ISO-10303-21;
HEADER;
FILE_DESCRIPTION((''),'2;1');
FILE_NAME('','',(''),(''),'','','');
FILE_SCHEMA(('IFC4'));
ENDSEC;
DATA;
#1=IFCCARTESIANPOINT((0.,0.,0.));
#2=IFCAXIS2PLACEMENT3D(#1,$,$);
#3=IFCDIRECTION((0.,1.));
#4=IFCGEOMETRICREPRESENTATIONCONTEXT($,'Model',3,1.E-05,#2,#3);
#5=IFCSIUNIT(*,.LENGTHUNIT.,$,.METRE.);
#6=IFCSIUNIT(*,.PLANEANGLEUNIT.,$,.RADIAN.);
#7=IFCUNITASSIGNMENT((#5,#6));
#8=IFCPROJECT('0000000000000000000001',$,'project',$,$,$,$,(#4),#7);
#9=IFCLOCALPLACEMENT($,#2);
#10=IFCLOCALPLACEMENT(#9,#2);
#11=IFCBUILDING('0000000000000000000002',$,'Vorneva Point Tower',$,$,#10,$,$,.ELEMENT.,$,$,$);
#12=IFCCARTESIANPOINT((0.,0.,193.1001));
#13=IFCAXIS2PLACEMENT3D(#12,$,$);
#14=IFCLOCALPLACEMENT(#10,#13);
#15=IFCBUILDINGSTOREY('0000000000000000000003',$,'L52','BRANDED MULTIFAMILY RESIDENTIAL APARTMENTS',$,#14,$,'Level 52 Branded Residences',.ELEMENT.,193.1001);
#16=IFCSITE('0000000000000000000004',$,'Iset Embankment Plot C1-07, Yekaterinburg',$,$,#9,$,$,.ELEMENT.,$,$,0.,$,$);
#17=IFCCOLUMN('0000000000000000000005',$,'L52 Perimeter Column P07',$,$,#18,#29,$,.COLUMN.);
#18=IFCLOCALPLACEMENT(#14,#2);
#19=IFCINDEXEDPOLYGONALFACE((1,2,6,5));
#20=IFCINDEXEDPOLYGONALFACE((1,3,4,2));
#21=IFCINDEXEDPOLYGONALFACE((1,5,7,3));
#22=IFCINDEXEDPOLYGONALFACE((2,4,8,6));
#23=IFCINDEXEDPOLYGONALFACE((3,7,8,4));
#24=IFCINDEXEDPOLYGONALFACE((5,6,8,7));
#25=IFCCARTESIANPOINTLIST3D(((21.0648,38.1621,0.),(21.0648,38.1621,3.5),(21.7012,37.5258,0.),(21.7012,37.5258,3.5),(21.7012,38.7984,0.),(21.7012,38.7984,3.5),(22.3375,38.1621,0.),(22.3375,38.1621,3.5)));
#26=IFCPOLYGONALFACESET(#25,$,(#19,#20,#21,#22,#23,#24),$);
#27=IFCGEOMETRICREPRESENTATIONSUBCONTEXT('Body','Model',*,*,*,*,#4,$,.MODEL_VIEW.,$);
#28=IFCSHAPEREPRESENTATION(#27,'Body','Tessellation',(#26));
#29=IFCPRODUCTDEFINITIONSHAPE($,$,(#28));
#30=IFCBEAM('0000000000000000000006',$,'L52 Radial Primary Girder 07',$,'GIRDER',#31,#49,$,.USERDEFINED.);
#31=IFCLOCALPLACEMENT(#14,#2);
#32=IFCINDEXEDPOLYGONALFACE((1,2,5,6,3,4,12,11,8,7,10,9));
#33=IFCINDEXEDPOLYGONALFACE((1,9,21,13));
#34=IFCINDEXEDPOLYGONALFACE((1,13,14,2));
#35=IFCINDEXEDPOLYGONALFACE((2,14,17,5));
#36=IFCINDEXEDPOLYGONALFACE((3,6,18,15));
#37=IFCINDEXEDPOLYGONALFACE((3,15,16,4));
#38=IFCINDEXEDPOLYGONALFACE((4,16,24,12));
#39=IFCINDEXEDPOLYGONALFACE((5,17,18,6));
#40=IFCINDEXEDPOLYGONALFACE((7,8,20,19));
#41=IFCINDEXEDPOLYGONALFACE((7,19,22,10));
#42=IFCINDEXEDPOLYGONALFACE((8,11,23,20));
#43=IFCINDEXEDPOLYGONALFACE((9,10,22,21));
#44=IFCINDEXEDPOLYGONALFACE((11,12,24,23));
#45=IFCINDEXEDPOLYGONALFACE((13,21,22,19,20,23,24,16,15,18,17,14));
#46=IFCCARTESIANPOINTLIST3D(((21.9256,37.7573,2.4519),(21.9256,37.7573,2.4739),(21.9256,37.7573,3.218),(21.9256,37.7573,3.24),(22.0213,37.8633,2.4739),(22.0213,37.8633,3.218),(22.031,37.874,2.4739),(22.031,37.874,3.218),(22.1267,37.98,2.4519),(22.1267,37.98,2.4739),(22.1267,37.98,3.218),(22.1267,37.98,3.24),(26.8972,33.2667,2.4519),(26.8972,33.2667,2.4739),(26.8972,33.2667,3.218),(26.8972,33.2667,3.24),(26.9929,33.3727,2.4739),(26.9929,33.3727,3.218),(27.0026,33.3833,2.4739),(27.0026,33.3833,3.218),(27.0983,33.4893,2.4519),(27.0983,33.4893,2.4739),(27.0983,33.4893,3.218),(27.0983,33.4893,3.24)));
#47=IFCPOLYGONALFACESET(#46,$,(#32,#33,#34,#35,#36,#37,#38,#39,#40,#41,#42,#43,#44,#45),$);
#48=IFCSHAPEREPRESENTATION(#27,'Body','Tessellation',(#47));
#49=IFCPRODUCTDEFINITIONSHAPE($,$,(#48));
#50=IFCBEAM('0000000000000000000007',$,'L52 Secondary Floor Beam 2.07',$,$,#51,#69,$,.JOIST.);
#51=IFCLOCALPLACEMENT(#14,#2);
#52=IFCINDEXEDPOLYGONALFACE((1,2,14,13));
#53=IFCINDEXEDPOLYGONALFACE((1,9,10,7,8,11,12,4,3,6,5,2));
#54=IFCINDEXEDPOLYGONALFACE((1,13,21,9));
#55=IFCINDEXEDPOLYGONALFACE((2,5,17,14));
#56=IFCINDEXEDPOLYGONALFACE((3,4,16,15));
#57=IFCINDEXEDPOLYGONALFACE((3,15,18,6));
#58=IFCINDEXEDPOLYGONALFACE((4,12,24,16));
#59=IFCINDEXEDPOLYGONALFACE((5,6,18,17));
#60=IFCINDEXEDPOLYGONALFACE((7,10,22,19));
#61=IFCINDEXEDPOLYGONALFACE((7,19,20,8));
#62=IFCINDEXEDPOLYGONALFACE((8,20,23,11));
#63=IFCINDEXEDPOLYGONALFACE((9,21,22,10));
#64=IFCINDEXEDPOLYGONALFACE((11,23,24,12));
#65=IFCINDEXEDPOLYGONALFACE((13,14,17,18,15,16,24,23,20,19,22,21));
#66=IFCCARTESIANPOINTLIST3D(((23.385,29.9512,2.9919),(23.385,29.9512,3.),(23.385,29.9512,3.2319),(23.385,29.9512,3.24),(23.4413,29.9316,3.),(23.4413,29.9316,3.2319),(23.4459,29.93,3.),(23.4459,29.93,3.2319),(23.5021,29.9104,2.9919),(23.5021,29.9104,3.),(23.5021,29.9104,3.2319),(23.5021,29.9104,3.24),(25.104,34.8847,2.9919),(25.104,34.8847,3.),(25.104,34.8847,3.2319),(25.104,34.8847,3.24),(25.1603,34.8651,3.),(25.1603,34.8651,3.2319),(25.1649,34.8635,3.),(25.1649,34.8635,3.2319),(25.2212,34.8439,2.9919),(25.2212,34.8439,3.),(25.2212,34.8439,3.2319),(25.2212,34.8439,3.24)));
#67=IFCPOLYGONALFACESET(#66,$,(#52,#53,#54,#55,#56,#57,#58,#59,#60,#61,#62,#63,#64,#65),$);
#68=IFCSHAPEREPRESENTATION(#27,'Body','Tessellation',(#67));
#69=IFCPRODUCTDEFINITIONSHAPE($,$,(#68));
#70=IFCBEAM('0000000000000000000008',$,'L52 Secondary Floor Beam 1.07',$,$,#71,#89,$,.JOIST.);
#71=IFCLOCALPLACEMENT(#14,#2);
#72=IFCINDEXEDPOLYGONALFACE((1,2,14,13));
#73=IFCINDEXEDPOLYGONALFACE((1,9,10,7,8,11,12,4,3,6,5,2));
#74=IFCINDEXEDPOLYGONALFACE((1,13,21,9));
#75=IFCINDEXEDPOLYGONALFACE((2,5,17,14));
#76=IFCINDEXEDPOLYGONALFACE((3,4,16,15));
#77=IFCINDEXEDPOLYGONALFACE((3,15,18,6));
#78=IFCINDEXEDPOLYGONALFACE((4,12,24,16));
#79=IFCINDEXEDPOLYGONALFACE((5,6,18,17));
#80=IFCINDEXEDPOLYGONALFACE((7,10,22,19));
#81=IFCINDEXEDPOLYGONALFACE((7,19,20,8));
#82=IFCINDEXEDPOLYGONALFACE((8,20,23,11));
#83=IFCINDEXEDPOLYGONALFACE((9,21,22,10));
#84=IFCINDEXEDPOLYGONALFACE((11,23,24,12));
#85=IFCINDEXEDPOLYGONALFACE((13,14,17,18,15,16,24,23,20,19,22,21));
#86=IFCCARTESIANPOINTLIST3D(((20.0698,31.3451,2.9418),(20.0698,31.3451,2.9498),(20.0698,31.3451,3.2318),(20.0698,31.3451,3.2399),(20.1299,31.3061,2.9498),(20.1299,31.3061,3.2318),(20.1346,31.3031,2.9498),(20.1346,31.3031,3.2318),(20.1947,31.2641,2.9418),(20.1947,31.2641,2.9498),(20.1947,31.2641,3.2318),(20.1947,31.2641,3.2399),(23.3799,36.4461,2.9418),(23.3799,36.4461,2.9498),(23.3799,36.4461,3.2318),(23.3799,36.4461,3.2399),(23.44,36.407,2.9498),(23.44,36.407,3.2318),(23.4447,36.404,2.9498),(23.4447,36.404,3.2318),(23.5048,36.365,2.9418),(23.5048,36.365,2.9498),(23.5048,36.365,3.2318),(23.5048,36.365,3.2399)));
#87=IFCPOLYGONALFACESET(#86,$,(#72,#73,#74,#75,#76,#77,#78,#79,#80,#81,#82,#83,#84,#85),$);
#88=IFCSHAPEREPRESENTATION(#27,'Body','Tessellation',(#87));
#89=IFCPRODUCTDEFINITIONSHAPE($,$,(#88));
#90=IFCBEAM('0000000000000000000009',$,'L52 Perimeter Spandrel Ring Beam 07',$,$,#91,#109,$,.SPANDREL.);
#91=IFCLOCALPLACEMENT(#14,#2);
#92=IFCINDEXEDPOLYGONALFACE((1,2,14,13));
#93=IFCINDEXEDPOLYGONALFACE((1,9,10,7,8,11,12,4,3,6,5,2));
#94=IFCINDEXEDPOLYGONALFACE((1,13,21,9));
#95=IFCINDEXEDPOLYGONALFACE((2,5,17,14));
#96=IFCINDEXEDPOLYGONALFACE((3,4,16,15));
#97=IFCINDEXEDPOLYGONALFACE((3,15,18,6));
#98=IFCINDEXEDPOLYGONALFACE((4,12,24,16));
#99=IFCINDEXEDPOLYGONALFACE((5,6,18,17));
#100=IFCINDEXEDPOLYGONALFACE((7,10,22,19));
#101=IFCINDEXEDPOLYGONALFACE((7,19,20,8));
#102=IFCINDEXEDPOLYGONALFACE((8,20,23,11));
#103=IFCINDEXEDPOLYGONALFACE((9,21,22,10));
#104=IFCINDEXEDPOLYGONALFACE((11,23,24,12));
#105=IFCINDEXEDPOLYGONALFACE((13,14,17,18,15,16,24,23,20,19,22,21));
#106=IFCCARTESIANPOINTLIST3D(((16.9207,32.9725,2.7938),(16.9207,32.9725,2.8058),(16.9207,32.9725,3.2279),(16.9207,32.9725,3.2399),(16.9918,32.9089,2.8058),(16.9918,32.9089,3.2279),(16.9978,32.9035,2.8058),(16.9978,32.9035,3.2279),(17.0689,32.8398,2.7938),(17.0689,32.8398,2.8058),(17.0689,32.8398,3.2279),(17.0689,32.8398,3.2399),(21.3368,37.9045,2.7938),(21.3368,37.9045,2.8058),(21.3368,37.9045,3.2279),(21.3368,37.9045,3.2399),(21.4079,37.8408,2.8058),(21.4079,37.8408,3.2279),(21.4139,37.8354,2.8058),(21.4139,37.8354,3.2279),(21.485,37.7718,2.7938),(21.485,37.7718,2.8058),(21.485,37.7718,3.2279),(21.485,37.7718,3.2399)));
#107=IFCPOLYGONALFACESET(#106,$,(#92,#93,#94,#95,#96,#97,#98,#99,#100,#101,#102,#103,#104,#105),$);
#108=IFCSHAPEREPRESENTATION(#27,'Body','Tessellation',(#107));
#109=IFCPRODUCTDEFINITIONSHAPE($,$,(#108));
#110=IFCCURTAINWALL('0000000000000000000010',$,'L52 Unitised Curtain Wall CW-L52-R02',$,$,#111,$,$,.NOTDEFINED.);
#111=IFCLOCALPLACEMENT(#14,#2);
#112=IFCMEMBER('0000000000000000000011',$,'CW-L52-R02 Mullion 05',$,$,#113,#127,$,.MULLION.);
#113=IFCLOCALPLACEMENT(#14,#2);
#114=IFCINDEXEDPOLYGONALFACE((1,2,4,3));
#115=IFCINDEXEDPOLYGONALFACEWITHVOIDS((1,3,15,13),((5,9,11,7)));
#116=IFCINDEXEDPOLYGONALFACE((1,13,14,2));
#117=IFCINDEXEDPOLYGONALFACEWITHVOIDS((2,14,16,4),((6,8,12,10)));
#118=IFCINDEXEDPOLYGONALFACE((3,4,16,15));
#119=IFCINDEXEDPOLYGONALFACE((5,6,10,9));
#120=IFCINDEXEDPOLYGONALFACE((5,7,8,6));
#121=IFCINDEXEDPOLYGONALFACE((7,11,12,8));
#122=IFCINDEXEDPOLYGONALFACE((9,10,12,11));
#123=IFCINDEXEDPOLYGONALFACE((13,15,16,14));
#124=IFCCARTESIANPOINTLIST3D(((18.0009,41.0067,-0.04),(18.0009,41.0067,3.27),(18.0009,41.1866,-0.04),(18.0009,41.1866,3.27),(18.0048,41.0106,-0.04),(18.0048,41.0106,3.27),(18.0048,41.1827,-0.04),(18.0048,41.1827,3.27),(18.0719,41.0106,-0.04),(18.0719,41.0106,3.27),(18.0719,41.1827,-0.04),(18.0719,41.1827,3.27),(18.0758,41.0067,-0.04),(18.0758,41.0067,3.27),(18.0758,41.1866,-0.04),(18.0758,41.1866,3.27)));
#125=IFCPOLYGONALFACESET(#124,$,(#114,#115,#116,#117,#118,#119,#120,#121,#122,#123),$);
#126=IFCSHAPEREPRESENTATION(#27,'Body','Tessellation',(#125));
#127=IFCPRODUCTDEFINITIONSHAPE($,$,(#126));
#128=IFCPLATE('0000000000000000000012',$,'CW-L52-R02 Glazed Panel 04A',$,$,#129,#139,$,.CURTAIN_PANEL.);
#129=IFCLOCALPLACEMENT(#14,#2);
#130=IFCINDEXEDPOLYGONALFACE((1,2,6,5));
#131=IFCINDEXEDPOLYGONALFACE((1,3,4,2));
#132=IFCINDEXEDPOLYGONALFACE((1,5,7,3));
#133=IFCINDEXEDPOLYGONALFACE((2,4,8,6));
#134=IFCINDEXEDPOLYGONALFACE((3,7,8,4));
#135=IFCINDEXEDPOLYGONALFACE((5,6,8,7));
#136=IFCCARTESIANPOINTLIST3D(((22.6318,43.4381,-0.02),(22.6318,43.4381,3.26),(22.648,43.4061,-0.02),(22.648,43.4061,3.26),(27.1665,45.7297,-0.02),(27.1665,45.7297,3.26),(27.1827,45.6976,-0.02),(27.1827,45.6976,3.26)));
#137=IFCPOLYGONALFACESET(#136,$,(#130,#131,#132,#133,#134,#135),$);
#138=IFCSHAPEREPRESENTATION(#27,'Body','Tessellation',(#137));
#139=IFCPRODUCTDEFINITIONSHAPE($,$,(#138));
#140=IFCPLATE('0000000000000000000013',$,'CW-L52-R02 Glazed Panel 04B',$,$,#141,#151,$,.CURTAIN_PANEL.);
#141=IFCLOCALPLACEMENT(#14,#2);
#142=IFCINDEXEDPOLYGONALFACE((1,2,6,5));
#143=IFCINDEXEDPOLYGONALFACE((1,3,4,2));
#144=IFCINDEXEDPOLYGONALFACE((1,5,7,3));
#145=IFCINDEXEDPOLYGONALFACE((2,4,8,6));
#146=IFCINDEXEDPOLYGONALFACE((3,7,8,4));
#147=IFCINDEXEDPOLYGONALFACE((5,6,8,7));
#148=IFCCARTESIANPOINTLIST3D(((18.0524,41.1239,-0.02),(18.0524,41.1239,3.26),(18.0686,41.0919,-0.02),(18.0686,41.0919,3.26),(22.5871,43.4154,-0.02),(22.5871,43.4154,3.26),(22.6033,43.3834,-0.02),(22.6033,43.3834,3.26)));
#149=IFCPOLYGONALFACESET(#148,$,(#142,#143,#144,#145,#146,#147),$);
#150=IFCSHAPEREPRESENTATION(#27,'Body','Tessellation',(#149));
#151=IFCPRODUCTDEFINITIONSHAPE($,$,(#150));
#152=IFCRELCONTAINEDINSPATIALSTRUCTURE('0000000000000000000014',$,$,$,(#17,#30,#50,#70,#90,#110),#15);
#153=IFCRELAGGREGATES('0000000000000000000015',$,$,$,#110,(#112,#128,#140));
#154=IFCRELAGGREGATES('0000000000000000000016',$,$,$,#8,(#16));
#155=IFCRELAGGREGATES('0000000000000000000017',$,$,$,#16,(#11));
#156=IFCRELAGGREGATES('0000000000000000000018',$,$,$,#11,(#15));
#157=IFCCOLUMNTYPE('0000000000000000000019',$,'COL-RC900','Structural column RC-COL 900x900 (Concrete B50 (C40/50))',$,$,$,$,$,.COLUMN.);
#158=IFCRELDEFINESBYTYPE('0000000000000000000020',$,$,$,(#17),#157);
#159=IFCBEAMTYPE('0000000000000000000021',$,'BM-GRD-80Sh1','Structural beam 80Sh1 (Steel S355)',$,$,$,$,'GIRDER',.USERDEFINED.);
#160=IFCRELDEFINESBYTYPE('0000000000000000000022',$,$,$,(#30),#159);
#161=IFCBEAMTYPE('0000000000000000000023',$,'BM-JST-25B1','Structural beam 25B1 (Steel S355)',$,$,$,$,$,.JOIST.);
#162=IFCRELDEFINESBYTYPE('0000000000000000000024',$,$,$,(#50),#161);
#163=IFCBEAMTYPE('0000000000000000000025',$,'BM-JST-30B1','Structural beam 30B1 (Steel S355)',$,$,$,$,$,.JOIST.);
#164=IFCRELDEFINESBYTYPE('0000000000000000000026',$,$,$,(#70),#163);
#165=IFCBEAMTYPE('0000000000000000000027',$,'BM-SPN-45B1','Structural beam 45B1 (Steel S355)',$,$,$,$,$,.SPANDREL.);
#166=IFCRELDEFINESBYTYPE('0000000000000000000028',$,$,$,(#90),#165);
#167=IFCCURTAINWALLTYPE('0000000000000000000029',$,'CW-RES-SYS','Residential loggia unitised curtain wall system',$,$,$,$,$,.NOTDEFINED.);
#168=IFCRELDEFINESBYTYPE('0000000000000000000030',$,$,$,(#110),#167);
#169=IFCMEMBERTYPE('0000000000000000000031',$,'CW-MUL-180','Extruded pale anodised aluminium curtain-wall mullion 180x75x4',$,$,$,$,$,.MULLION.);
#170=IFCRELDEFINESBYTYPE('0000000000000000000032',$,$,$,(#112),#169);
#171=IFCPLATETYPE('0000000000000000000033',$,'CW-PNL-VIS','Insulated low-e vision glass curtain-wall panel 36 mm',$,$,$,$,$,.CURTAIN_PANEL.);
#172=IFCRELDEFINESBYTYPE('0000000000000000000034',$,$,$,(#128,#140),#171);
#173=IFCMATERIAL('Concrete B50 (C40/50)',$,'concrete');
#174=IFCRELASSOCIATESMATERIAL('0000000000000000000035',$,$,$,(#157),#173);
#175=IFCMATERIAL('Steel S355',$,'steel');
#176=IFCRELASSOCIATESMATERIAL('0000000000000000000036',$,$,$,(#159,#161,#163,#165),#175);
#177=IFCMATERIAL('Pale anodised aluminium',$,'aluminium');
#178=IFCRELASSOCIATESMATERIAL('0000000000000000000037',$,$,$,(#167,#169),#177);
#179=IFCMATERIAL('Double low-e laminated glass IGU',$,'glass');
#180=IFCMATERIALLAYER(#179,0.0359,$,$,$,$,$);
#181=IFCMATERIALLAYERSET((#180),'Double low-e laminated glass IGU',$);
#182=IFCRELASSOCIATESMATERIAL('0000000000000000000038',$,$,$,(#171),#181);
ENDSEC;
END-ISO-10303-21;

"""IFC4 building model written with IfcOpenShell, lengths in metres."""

from ifc_helpers import new_model, si_unit, direction, frame, origin, origin_2d, place, context, subcontext, project, spatial, rectangle, hollow_rectangle, i_section, extrude, material, layer, layer_set, material_profile, profile_set, type_object, element, aggregate, save


model = new_model("IFC4")

# Units and contexts
model_context = context("Model", 3, precision=1e-05, world=origin(), true_north=direction((0.0, 1.0)))
body_context = subcontext(model_context, "Body", "Model", "MODEL_VIEW")
ifc_project = project(units=[si_unit("LENGTHUNIT", "METRE"), si_unit("PLANEANGLEUNIT", "RADIAN")], contexts=[model_context])

# Site, building, storey
site_placement = place(None, origin())
site = spatial("IfcSite", under=ifc_project, at=site_placement, Name="Iset Embankment Plot C1-07, Yekaterinburg", CompositionType="ELEMENT", RefElevation=0.0)
building_placement = place(site_placement, origin())
building = spatial("IfcBuilding", under=site, at=building_placement, Name="Vorneva Point Tower", CompositionType="ELEMENT")
storey_placement = place(building_placement, frame((0.0, 0.0, 193.1001)))
storey = spatial("IfcBuildingStorey", under=building, at=storey_placement, Name="L52", Description="BRANDED MULTIFAMILY RESIDENTIAL APARTMENTS", LongName="Level 52 Branded Residences", CompositionType="ELEMENT", Elevation=193.1001)

# Column
ifc_material_1 = material(Name="Concrete B50 (C40/50)", Category="concrete")
ifc_material_profile_1 = material_profile(ifc_material_1, rectangle(XDim=0.8999, YDim=0.8999, at=origin_2d()), Name="RC-COL 900x900")
ifc_profile_set_1 = profile_set([ifc_material_profile_1], Name="Concrete B50 (C40/50)")
column_type = type_object("IfcColumnType", Name="COL-RC900", Description="Structural column RC-COL 900x900 (Concrete B50 (C40/50))", PredefinedType="COLUMN", material=ifc_profile_set_1)
column_placement = place(storey_placement, frame((21.7012, 38.1621, 0.0), z_axis=(0.0, 0.0, 1.0), x_axis=(-0.707107, 0.707107, 0.0)))
element("IfcColumn", 1, at=column_placement, inside=storey, type_object=column_type, Name="L52 Perimeter Column P07", PredefinedType="COLUMN", context=body_context, shape_type="SweptSolid", body=[
    extrude(rectangle(XDim=0.8999, YDim=0.8999, at=origin_2d()), origin(), (0.0, 0.0, 1.0), 3.5),
])

# Beams
ifc_material_2 = material(Name="Steel S355", Category="steel")
ifc_material_profile_2 = material_profile(ifc_material_2, i_section(OverallWidth=0.3, OverallDepth=0.7881, WebThickness=0.0144, FlangeThickness=0.022, at=origin_2d()), Name="80Sh1")
ifc_profile_set_2 = profile_set([ifc_material_profile_2], Name="Steel S355")
beam_type_1 = type_object("IfcBeamType", Name="BM-GRD-80Sh1", Description="Structural beam 80Sh1 (Steel S355)", ElementType="GIRDER", PredefinedType="USERDEFINED", material=ifc_profile_set_2)
beam_1_placement = place(storey_placement, frame((22.0261, 37.8687, 2.8459), z_axis=(0.74209, -0.670301, 0.0), x_axis=(0.670301, 0.74209, 0.0)))
element("IfcBeam", 2, at=beam_1_placement, inside=storey, type_object=beam_type_1, Name="L52 Radial Primary Girder 07", ObjectType="GIRDER", PredefinedType="USERDEFINED", context=body_context, shape_type="SweptSolid", body=[
    extrude(i_section(OverallWidth=0.3, OverallDepth=0.7881, WebThickness=0.0144, FlangeThickness=0.022, at=origin_2d()), origin(), (0.0, 0.0, 1.0), 6.6995),
])
ifc_material_profile_3 = material_profile(ifc_material_2, i_section(OverallWidth=0.124, OverallDepth=0.248, WebThickness=0.0049, FlangeThickness=0.0081, at=origin_2d()), Name="25B1")
ifc_profile_set_3 = profile_set([ifc_material_profile_3], Name="Steel S355")
beam_type_2 = type_object("IfcBeamType", Name="BM-JST-25B1", Description="Structural beam 25B1 (Steel S355)", PredefinedType="JOIST", material=ifc_profile_set_3)
beam_2_placement = place(storey_placement, frame((25.1626, 34.8643, 3.116), z_axis=(-0.329041, -0.944316, 0.0), x_axis=(0.944316, -0.329041, 0.0)))
element("IfcBeam", 3, at=beam_2_placement, inside=storey, type_object=beam_type_2, Name="L52 Secondary Floor Beam 2.07", PredefinedType="JOIST", context=body_context, shape_type="SweptSolid", body=[
    extrude(i_section(OverallWidth=0.124, OverallDepth=0.248, WebThickness=0.0049, FlangeThickness=0.0081, at=origin_2d()), origin(), (0.0, 0.0, 1.0), 5.2244),
])
ifc_material_profile_4 = material_profile(ifc_material_2, i_section(OverallWidth=0.1489, OverallDepth=0.2981, WebThickness=0.0056, FlangeThickness=0.0081, at=origin_2d()), Name="30B1")
ifc_profile_set_4 = profile_set([ifc_material_profile_4], Name="Steel S355")
beam_type_3 = type_object("IfcBeamType", Name="BM-JST-30B1", Description="Structural beam 30B1 (Steel S355)", PredefinedType="JOIST", material=ifc_profile_set_4)
beam_3_placement = place(storey_placement, frame((23.4424, 36.4055, 3.0908), z_axis=(-0.544355, -0.838855, 0.0), x_axis=(0.838855, -0.544355, 0.0)))
element("IfcBeam", 4, at=beam_3_placement, inside=storey, type_object=beam_type_3, Name="L52 Secondary Floor Beam 1.07", PredefinedType="JOIST", context=body_context, shape_type="SweptSolid", body=[
    extrude(i_section(OverallWidth=0.1489, OverallDepth=0.2981, WebThickness=0.0056, FlangeThickness=0.0081, at=origin_2d()), origin(), (0.0, 0.0, 1.0), 6.0808),
])
ifc_material_profile_5 = material_profile(ifc_material_2, i_section(OverallWidth=0.199, OverallDepth=0.446, WebThickness=0.0081, FlangeThickness=0.012, at=origin_2d()), Name="45B1")
ifc_profile_set_5 = profile_set([ifc_material_profile_5], Name="Steel S355")
beam_type_4 = type_object("IfcBeamType", Name="BM-SPN-45B1", Description="Structural beam 45B1 (Steel S355)", PredefinedType="SPANDREL", material=ifc_profile_set_5)
beam_4_placement = place(storey_placement, frame((21.4109, 37.8381, 3.0168), z_axis=(-0.66707, -0.744995, 0.0), x_axis=(0.744995, -0.66707, 0.0)))
element("IfcBeam", 5, at=beam_4_placement, inside=storey, type_object=beam_type_4, Name="L52 Perimeter Spandrel Ring Beam 07", PredefinedType="SPANDREL", context=body_context, shape_type="SweptSolid", body=[
    extrude(i_section(OverallWidth=0.199, OverallDepth=0.446, WebThickness=0.0081, FlangeThickness=0.012, at=origin_2d()), origin(), (0.0, 0.0, 1.0), 6.6201),
])

# Curtain wall, member, plates
ifc_material_3 = material(Name="Pale anodised aluminium", Category="aluminium")
curtain_wall_type = type_object("IfcCurtainWallType", Name="CW-RES-SYS", Description="Residential loggia unitised curtain wall system", PredefinedType="NOTDEFINED", material=ifc_material_3)
curtain_wall_placement = place(storey_placement, origin())
curtain_wall = element("IfcCurtainWall", 6, at=curtain_wall_placement, inside=storey, type_object=curtain_wall_type, Name="L52 Unitised Curtain Wall CW-L52-R02", PredefinedType="NOTDEFINED")
ifc_material_profile_6 = material_profile(ifc_material_3, hollow_rectangle(XDim=0.075, YDim=0.1799, WallThickness=0.0039, at=origin_2d()), Name="AL-MUL 180x75x4")
ifc_profile_set_6 = profile_set([ifc_material_profile_6], Name="Pale anodised aluminium")
member_type = type_object("IfcMemberType", Name="CW-MUL-180", Description="Extruded pale anodised aluminium curtain-wall mullion 180x75x4", PredefinedType="MULLION", material=ifc_profile_set_6)
member_placement = place(storey_placement, frame((18.0383, 41.0967, -0.04), z_axis=(0.0, 0.0, 1.0), x_axis=(1.0, 0.0, 0.0)))
member = element("IfcMember", 7, at=member_placement, type_object=member_type, Name="CW-L52-R02 Mullion 05", PredefinedType="MULLION", context=body_context, shape_type="SweptSolid", body=[
    extrude(hollow_rectangle(XDim=0.075, YDim=0.1799, WallThickness=0.0039, at=origin_2d()), origin(), (0.0, 0.0, 1.0), 3.3101),
])
ifc_material_4 = material(Name="Double low-e laminated glass IGU", Category="glass")
ifc_layer_1 = layer(ifc_material_4, 0.0359)
ifc_layer_set_1 = layer_set([ifc_layer_1], Name="Double low-e laminated glass IGU")
plate_type = type_object("IfcPlateType", Name="CW-PNL-VIS", Description="Insulated low-e vision glass curtain-wall panel 36 mm", PredefinedType="CURTAIN_PANEL", material=ifc_layer_set_1)
plate_1_placement = place(storey_placement, frame((24.9072, 44.5679, -0.02), z_axis=(0.0, 0.0, 1.0), x_axis=(-0.892515, -0.451018, 0.0)))
plate_1 = element("IfcPlate", 8, at=plate_1_placement, type_object=plate_type, Name="CW-L52-R02 Glazed Panel 04A", PredefinedType="CURTAIN_PANEL", context=body_context, shape_type="SweptSolid", body=[
    extrude(rectangle(XDim=5.0808, YDim=0.0359, at=origin_2d()), origin(), (0.0, 0.0, 1.0), 3.28),
])
plate_2_placement = place(storey_placement, frame((20.3279, 42.2537, -0.02), z_axis=(0.0, 0.0, 1.0), x_axis=(-0.892515, -0.451018, 0.0)))
plate_2 = element("IfcPlate", 9, at=plate_2_placement, type_object=plate_type, Name="CW-L52-R02 Glazed Panel 04B", PredefinedType="CURTAIN_PANEL", context=body_context, shape_type="SweptSolid", body=[
    extrude(rectangle(XDim=5.0808, YDim=0.0359, at=origin_2d()), origin(), (0.0, 0.0, 1.0), 3.28),
])
aggregate(curtain_wall, [member, plate_1, plate_2])

save(model, "model.ifc")
